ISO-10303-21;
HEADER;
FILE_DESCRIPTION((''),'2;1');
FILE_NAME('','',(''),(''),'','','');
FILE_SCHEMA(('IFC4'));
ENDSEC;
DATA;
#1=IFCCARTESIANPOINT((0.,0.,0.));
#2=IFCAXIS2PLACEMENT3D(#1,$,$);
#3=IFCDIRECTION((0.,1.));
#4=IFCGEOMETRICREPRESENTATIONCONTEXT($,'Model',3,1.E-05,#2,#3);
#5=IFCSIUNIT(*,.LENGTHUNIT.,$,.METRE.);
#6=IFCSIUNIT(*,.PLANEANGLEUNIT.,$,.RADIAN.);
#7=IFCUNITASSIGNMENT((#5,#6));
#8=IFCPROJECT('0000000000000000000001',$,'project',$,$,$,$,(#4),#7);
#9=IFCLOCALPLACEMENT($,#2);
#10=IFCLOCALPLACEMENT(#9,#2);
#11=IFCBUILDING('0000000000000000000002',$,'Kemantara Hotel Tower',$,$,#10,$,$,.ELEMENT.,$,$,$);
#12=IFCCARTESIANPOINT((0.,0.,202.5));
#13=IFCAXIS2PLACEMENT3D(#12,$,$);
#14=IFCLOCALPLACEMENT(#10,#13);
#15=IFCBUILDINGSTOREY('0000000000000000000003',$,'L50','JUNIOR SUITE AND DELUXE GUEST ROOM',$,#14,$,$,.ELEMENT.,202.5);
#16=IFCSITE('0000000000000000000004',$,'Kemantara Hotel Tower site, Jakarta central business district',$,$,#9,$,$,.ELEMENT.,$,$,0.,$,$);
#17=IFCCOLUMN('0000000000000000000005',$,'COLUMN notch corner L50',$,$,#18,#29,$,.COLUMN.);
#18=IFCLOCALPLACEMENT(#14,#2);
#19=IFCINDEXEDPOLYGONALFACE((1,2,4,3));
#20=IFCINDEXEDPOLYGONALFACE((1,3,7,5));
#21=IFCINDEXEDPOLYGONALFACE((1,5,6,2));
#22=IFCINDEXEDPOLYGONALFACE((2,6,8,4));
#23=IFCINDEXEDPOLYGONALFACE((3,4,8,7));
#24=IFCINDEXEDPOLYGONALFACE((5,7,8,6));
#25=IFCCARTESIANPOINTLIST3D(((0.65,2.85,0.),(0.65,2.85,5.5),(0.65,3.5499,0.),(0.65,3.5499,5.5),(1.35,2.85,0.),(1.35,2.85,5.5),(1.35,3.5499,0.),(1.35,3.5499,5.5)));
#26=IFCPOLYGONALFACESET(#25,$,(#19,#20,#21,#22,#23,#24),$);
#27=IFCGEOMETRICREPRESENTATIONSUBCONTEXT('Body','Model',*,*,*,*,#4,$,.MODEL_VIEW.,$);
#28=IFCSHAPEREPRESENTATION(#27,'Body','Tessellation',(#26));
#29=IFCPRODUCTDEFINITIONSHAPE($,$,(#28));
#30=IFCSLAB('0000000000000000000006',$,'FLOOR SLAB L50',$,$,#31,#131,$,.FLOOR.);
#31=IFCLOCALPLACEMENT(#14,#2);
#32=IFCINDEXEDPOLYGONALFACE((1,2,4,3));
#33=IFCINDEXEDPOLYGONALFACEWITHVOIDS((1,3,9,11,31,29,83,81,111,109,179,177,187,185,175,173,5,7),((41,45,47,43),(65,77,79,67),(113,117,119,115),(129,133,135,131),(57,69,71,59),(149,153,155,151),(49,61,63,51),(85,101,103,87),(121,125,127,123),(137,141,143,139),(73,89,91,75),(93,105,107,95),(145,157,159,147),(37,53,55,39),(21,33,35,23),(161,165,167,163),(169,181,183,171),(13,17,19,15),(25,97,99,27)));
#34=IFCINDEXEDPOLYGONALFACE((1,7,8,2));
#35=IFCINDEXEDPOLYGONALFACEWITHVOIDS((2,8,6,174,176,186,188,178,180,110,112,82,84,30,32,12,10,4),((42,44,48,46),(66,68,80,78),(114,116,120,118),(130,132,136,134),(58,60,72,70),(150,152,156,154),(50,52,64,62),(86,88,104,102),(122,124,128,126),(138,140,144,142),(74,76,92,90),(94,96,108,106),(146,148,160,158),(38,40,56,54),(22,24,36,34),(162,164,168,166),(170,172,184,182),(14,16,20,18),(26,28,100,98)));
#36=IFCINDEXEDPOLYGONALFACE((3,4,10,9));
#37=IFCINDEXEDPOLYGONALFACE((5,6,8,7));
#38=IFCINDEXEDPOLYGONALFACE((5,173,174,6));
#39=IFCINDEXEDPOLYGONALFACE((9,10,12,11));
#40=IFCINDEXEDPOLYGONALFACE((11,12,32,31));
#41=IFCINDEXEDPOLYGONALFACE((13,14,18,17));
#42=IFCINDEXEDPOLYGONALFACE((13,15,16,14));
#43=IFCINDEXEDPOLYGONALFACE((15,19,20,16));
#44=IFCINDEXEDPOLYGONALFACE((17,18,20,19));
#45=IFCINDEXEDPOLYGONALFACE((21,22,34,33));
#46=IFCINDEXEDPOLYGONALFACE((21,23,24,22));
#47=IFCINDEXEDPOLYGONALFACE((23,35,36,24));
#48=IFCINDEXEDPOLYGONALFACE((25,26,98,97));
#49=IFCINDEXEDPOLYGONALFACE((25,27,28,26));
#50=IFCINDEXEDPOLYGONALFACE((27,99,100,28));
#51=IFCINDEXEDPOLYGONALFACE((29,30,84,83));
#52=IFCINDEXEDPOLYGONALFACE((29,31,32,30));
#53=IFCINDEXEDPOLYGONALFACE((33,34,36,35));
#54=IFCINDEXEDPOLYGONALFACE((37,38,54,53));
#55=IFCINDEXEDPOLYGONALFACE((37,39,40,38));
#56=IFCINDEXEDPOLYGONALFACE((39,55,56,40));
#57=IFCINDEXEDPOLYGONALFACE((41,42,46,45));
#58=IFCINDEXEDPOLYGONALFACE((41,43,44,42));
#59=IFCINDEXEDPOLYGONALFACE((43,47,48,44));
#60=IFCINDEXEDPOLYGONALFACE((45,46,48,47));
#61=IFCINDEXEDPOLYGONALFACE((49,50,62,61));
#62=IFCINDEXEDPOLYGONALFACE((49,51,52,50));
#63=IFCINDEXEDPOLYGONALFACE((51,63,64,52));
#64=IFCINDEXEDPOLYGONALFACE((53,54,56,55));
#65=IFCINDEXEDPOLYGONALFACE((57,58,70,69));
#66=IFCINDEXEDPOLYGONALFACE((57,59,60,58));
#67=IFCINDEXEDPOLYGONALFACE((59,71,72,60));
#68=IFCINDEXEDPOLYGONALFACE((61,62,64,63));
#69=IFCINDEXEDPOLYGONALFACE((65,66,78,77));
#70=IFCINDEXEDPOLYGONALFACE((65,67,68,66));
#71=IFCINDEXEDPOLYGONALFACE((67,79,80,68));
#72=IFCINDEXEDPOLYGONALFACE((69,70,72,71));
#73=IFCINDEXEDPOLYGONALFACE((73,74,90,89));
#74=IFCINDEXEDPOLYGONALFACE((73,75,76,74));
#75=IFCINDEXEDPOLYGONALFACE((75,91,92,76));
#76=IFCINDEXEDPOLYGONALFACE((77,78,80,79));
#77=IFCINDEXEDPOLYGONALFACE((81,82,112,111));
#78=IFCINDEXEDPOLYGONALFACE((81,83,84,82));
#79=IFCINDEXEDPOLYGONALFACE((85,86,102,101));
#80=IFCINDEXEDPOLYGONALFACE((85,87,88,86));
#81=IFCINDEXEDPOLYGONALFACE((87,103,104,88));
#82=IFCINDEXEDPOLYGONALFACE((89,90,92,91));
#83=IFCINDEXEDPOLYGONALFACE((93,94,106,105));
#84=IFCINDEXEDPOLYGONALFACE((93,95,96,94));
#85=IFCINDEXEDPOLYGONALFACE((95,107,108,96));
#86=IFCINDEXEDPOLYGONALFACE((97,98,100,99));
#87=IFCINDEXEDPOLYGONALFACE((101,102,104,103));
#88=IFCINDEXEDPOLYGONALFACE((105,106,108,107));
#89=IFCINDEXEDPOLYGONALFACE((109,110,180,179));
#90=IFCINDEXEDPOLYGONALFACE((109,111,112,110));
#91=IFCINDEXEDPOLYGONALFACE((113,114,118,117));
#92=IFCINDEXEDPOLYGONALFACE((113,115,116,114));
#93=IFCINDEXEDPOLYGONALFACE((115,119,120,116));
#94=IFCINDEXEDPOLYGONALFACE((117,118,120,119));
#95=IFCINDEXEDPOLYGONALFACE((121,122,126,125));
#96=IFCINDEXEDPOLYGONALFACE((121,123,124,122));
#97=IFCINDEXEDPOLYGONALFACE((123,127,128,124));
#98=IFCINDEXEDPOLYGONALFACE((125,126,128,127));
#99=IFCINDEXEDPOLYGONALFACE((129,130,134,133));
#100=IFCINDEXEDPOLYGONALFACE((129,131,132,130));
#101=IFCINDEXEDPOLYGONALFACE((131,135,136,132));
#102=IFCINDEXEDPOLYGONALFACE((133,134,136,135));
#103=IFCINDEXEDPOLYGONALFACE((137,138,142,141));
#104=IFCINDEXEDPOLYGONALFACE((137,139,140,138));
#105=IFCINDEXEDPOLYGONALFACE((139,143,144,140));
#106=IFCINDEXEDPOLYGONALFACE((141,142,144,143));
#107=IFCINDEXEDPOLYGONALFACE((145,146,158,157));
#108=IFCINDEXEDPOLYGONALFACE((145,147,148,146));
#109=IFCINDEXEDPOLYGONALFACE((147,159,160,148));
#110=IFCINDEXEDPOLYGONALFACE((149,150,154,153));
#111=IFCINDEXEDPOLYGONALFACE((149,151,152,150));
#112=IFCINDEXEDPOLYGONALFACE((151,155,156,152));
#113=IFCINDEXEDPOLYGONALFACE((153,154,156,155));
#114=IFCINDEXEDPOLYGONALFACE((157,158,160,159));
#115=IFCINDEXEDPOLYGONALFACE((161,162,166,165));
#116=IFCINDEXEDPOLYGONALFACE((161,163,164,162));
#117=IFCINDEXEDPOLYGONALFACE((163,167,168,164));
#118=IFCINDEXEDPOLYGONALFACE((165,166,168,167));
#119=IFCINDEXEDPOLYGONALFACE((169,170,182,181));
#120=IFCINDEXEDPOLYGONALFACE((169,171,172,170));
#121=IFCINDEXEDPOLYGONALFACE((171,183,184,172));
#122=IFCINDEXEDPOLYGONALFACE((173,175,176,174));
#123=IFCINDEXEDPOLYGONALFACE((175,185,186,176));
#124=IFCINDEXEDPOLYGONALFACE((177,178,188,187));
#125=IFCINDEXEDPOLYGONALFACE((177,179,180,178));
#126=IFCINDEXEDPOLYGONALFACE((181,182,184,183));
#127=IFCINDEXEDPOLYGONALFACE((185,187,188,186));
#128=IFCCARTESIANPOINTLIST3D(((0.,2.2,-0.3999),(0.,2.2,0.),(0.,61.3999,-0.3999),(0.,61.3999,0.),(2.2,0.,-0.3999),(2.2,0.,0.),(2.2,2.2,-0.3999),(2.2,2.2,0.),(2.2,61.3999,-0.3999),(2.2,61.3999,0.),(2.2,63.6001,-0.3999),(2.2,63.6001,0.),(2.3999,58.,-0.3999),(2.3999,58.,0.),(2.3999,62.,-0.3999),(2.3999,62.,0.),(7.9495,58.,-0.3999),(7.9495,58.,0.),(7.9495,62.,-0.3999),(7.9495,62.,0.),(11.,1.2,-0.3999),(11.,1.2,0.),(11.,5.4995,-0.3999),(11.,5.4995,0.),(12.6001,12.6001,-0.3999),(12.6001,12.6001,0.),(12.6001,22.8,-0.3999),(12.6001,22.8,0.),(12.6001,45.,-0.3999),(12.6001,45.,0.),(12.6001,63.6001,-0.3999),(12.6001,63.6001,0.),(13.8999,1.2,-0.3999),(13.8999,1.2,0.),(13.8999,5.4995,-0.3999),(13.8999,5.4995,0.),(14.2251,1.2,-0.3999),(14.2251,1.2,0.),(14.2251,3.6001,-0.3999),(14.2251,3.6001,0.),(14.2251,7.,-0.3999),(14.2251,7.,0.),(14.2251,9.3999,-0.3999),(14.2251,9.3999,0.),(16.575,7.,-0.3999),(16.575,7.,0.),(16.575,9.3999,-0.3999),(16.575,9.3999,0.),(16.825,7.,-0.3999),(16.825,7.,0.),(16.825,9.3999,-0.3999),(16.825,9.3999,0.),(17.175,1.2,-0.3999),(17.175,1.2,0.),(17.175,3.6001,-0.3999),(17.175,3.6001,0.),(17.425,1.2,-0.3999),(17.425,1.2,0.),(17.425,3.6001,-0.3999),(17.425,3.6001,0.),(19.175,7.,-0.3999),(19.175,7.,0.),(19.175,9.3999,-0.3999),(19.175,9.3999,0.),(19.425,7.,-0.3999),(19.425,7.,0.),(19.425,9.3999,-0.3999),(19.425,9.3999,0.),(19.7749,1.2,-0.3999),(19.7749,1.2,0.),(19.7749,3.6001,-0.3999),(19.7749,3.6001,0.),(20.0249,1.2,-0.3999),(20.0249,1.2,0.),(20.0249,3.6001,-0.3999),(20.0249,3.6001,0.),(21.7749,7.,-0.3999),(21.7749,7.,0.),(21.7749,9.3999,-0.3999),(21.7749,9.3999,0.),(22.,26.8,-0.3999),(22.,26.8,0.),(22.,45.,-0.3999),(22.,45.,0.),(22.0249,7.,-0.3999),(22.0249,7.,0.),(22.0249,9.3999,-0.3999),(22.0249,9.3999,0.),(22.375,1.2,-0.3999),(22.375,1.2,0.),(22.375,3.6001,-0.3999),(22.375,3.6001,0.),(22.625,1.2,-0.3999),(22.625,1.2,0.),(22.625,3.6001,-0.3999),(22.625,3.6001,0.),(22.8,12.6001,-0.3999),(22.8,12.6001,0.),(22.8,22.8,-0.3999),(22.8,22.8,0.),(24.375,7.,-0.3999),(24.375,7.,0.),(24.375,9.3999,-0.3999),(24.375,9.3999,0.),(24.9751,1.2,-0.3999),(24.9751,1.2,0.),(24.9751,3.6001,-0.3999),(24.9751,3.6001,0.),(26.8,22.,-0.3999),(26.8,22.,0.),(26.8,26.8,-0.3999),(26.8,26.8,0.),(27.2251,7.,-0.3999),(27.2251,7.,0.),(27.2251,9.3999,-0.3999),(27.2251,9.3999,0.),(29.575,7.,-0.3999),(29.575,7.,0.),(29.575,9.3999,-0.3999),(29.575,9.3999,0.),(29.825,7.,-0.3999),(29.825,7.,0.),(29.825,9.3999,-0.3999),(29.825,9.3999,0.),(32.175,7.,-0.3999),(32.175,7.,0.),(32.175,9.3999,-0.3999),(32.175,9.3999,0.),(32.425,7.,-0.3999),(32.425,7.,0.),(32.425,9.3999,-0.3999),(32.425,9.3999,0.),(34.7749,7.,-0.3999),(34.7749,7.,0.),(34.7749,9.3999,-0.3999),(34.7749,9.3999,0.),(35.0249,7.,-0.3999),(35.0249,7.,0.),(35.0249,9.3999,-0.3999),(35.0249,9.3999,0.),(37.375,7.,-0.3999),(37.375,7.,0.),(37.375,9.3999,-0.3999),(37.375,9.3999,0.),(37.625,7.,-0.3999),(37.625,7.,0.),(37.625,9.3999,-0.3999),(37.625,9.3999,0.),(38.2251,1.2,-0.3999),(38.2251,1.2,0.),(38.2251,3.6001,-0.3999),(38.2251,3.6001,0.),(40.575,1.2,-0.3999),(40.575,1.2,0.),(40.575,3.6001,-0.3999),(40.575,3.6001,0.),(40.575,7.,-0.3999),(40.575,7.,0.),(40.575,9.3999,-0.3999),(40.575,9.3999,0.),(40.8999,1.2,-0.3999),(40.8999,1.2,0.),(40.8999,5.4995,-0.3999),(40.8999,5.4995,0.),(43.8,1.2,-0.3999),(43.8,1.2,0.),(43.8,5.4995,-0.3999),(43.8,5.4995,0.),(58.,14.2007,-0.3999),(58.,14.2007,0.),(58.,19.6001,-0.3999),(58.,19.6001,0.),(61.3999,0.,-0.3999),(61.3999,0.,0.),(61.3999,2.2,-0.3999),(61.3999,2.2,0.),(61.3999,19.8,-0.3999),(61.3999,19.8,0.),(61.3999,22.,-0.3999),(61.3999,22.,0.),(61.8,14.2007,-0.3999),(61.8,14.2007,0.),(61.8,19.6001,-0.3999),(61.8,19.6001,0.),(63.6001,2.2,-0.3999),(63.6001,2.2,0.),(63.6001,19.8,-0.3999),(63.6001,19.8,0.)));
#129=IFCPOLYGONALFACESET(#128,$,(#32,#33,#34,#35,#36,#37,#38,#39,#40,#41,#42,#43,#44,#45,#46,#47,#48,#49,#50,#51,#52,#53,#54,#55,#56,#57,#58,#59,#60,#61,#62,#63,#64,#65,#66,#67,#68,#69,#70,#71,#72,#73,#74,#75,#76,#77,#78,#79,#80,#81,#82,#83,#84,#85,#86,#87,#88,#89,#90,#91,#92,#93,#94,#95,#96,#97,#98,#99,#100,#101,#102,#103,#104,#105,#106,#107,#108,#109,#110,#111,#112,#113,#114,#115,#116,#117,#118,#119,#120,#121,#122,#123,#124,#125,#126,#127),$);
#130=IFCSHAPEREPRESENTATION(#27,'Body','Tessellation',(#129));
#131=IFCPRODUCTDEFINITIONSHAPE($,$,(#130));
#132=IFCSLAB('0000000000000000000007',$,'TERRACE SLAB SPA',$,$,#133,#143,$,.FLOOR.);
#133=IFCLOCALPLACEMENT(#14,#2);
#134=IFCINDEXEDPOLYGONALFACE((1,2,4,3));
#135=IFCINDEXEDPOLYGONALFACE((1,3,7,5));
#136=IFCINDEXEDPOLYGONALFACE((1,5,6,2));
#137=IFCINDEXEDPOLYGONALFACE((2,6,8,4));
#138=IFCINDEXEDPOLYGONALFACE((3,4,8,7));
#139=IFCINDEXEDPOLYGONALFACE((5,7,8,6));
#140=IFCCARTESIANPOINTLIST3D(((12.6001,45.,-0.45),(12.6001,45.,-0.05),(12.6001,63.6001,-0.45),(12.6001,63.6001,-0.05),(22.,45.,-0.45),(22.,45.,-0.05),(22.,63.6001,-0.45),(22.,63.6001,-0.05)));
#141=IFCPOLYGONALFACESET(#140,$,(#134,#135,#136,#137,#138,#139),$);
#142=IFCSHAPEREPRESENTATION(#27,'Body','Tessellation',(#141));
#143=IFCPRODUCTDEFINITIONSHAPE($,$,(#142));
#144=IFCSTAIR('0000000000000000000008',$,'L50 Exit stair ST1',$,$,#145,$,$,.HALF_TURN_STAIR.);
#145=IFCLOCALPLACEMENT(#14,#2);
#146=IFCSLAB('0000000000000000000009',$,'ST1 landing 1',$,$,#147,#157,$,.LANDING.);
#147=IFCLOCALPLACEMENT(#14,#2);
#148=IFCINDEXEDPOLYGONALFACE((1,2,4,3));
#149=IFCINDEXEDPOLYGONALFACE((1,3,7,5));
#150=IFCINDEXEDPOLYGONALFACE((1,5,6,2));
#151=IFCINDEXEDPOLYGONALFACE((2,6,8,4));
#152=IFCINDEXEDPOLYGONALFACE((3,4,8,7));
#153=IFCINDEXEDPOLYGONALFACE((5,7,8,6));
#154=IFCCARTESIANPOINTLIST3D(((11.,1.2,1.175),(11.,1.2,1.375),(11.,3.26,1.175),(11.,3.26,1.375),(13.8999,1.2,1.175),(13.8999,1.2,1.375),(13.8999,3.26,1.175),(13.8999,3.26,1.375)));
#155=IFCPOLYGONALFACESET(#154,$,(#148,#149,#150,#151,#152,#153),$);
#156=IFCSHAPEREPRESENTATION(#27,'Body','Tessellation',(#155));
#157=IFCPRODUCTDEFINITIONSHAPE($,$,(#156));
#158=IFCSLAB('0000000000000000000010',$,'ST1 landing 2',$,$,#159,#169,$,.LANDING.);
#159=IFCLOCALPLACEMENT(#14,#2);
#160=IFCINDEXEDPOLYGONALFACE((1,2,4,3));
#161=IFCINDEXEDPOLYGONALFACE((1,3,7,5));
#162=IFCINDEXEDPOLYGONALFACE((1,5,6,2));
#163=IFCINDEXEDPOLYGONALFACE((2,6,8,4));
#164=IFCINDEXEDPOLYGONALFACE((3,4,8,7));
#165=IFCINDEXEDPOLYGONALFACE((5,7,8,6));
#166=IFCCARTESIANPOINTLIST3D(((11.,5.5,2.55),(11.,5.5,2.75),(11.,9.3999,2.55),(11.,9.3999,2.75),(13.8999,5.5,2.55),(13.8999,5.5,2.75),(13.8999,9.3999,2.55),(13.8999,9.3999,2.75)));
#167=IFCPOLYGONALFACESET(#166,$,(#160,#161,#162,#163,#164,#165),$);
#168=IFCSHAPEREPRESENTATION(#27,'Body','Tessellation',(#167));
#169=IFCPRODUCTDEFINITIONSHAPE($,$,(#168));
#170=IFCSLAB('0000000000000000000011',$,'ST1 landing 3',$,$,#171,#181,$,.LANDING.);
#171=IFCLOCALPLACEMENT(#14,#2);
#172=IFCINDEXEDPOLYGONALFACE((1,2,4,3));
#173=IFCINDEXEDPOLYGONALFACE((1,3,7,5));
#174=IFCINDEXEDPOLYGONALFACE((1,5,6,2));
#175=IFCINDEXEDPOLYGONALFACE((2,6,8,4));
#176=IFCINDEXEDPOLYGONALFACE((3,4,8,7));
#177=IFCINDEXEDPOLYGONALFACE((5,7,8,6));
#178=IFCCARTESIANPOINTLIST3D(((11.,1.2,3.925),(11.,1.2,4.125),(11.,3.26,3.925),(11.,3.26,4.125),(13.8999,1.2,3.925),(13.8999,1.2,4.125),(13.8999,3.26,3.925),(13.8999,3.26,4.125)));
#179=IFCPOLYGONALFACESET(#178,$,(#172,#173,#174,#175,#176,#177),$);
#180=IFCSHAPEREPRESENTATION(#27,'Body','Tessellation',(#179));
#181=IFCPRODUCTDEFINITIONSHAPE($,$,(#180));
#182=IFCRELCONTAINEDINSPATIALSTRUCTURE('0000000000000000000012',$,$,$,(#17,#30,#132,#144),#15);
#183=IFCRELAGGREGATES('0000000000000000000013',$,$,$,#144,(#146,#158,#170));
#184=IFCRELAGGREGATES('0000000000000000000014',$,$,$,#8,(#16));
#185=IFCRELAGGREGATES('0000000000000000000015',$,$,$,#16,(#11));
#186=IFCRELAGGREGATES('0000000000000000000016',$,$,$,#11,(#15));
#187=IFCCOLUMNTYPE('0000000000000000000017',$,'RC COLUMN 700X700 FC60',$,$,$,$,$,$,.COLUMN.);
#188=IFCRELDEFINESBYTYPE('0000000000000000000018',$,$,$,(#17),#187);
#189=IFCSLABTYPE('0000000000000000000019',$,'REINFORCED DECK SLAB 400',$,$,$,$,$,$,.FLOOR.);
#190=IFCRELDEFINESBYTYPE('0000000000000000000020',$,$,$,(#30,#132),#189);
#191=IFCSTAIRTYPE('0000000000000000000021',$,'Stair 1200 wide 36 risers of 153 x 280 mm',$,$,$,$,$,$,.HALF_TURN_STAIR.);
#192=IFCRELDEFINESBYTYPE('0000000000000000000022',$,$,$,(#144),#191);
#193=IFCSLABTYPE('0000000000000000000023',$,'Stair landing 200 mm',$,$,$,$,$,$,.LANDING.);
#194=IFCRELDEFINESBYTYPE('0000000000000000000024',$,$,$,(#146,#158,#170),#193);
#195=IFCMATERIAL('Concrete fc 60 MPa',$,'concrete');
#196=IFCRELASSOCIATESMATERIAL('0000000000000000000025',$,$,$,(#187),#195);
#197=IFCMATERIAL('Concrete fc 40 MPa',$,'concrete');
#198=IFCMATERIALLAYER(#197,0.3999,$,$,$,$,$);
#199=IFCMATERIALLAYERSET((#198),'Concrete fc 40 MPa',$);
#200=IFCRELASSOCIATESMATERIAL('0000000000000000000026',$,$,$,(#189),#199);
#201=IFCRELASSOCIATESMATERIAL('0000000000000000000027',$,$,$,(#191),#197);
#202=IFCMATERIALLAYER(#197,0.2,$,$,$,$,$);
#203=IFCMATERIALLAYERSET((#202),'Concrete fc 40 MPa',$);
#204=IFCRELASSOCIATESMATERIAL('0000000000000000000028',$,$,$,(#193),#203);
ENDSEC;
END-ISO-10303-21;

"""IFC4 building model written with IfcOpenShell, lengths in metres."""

from ifc_helpers import new_model, si_unit, direction, frame, origin, origin_2d, place, context, subcontext, project, spatial, polyline, rectangle, outline, extrude, material, layer, layer_set, material_profile, profile_set, type_object, element, aggregate, save


model = new_model("IFC4")

# Units and contexts
model_context = context("Model", 3, precision=1e-05, world=origin(), true_north=direction((0.0, 1.0)))
body_context = subcontext(model_context, "Body", "Model", "MODEL_VIEW")
ifc_project = project(units=[si_unit("LENGTHUNIT", "METRE"), si_unit("PLANEANGLEUNIT", "RADIAN")], contexts=[model_context])

# Site, building, storey
site_placement = place(None, origin())
site = spatial("IfcSite", under=ifc_project, at=site_placement, Name="Kemantara Hotel Tower site, Jakarta central business district", CompositionType="ELEMENT", RefElevation=0.0)
building_placement = place(site_placement, origin())
building = spatial("IfcBuilding", under=site, at=building_placement, Name="Kemantara Hotel Tower", CompositionType="ELEMENT")
storey_placement = place(building_placement, frame((0.0, 0.0, 202.5)))
storey = spatial("IfcBuildingStorey", under=building, at=storey_placement, Name="L50", Description="JUNIOR SUITE AND DELUXE GUEST ROOM", CompositionType="ELEMENT", Elevation=202.5)

# Column
ifc_material_1 = material(Name="Concrete fc 60 MPa", Category="concrete")
ifc_material_profile = material_profile(ifc_material_1, rectangle(XDim=0.7, YDim=0.7, at=origin_2d()), Name="RC 700X700")
ifc_profile_set = profile_set([ifc_material_profile], Name="Concrete fc 60 MPa")
column_type = type_object("IfcColumnType", Name="RC COLUMN 700X700 FC60", PredefinedType="COLUMN", material=ifc_profile_set)
column_placement = place(storey_placement, frame((1.0, 3.2, 0.0), z_axis=(0.0, 0.0, 1.0), x_axis=(1.0, 0.0, 0.0)))
element("IfcColumn", 1, at=column_placement, inside=storey, type_object=column_type, Name="COLUMN notch corner L50", PredefinedType="COLUMN", context=body_context, shape_type="SweptSolid", body=[
    extrude(rectangle(XDim=0.7, YDim=0.7, at=origin_2d()), origin(), (0.0, 0.0, 1.0), 5.5),
])

# Slabs
ifc_material_2 = material(Name="Concrete fc 40 MPa", Category="concrete")
ifc_layer_1 = layer(ifc_material_2, 0.3999)
ifc_layer_set_1 = layer_set([ifc_layer_1], Name="Concrete fc 40 MPa")
slab_type_1 = type_object("IfcSlabType", Name="REINFORCED DECK SLAB 400", PredefinedType="FLOOR", material=ifc_layer_set_1)
slab_1_placement = place(storey_placement, frame((0.0, 0.0, -0.3999)))
element("IfcSlab", 2, at=slab_1_placement, inside=storey, type_object=slab_type_1, Name="FLOOR SLAB L50", PredefinedType="FLOOR", context=body_context, shape_type="SweptSolid", body=[
    extrude(outline(polyline([(26.8, 26.8), (22.0, 26.8), (22.0, 45.0), (12.6001, 45.0), (12.6001, 63.6001), (2.2, 63.6001), (2.2, 61.3999), (0.0, 61.3999), (0.0, 2.2), (2.2, 2.2), (2.2, 0.0), (61.3999, 0.0), (61.3999, 2.2), (63.6001, 2.2), (63.6001, 19.8), (61.3999, 19.8), (61.3999, 22.0), (26.8, 22.0), (26.8, 26.8)]), holes=[polyline([(17.175, 1.2), (14.2251, 1.2), (14.2251, 3.6001), (17.175, 3.6001), (17.175, 1.2)]), polyline([(19.7749, 1.2), (17.425, 1.2), (17.425, 3.6001), (19.7749, 3.6001), (19.7749, 1.2)]), polyline([(22.375, 1.2), (20.0249, 1.2), (20.0249, 3.6001), (22.375, 3.6001), (22.375, 1.2)]), polyline([(11.0, 1.2), (11.0, 5.4995), (13.8999, 5.4995), (13.8999, 1.2), (11.0, 1.2)]), polyline([(16.575, 7.0), (14.2251, 7.0), (14.2251, 9.3999), (16.575, 9.3999), (16.575, 7.0)]), polyline([(19.175, 7.0), (16.825, 7.0), (16.825, 9.3999), (19.175, 9.3999), (19.175, 7.0)]), polyline([(21.7749, 7.0), (19.425, 7.0), (19.425, 9.3999), (21.7749, 9.3999), (21.7749, 7.0)]), polyline([(22.0249, 7.0), (22.0249, 9.3999), (24.375, 9.3999), (24.375, 7.0), (22.0249, 7.0)]), polyline([(12.6001, 12.6001), (12.6001, 22.8), (22.8, 22.8), (22.8, 12.6001), (12.6001, 12.6001)]), polyline([(2.3999, 62.0), (7.9495, 62.0), (7.9495, 58.0), (2.3999, 58.0), (2.3999, 62.0)]), polyline([(24.9751, 1.2), (22.625, 1.2), (22.625, 3.6001), (24.9751, 3.6001), (24.9751, 1.2)]), polyline([(40.575, 1.2), (38.2251, 1.2), (38.2251, 3.6001), (40.575, 3.6001), (40.575, 1.2)]), polyline([(40.8999, 5.4995), (43.8, 5.4995), (43.8, 1.2), (40.8999, 1.2), (40.8999, 5.4995)]), polyline([(27.2251, 7.0), (27.2251, 9.3999), (29.575, 9.3999), (29.575, 7.0), (27.2251, 7.0)]), polyline([(32.175, 7.0), (29.825, 7.0), (29.825, 9.3999), (32.175, 9.3999), (32.175, 7.0)]), polyline([(34.7749, 7.0), (32.425, 7.0), (32.425, 9.3999), (34.7749, 9.3999), (34.7749, 7.0)]), polyline([(37.375, 7.0), (35.0249, 7.0), (35.0249, 9.3999), (37.375, 9.3999), (37.375, 7.0)]), polyline([(37.625, 7.0), (37.625, 9.3999), (40.575, 9.3999), (40.575, 7.0), (37.625, 7.0)]), polyline([(61.8, 14.2007), (58.0, 14.2007), (58.0, 19.6001), (61.8, 19.6001), (61.8, 14.2007)])]), origin(), (0.0, 0.0, 1.0), 0.3999),
])
slab_2_placement = place(storey_placement, frame((0.0, 0.0, -0.45)))
element("IfcSlab", 3, at=slab_2_placement, inside=storey, type_object=slab_type_1, Name="TERRACE SLAB SPA", PredefinedType="FLOOR", context=body_context, shape_type="SweptSolid", body=[
    extrude(outline(polyline([(22.0, 45.0), (22.0, 63.6001), (12.6001, 63.6001), (12.6001, 45.0), (22.0, 45.0)])), origin(), (0.0, 0.0, 1.0), 0.3999),
])

# Stair, slabs
stair_type_1 = type_object("IfcStairType", Name="Stair 1200 wide 36 risers of 153 x 280 mm", PredefinedType="HALF_TURN_STAIR", material=ifc_material_2)
stair_1_placement = place(storey_placement, origin())
stair_1 = element("IfcStair", 4, at=stair_1_placement, inside=storey, type_object=stair_type_1, Name="L50 Exit stair ST1", PredefinedType="HALF_TURN_STAIR")
ifc_layer_2 = layer(ifc_material_2, 0.2)
ifc_layer_set_2 = layer_set([ifc_layer_2], Name="Concrete fc 40 MPa")
slab_type_2 = type_object("IfcSlabType", Name="Stair landing 200 mm", PredefinedType="LANDING", material=ifc_layer_set_2)
slab_3_placement = place(storey_placement, frame((0.0, 0.0, 1.175)))
slab_3 = element("IfcSlab", 5, at=slab_3_placement, type_object=slab_type_2, Name="ST1 landing 1", PredefinedType="LANDING", context=body_context, shape_type="SweptSolid", body=[
    extrude(outline(polyline([(11.0, 3.26), (11.0, 1.2), (13.8999, 1.2), (13.8999, 3.26), (11.0, 3.26)])), origin(), (0.0, 0.0, 1.0), 0.2),
])
slab_4_placement = place(storey_placement, frame((0.0, 0.0, 2.55)))
slab_4 = element("IfcSlab", 6, at=slab_4_placement, type_object=slab_type_2, Name="ST1 landing 2", PredefinedType="LANDING", context=body_context, shape_type="SweptSolid", body=[
    extrude(outline(polyline([(11.0, 9.3999), (11.0, 5.5), (13.8999, 5.5), (13.8999, 9.3999), (11.0, 9.3999)])), origin(), (0.0, 0.0, 1.0), 0.2),
])
slab_5_placement = place(storey_placement, frame((0.0, 0.0, 3.925)))
slab_5 = element("IfcSlab", 7, at=slab_5_placement, type_object=slab_type_2, Name="ST1 landing 3", PredefinedType="LANDING", context=body_context, shape_type="SweptSolid", body=[
    extrude(outline(polyline([(11.0, 3.26), (11.0, 1.2), (13.8999, 1.2), (13.8999, 3.26), (11.0, 3.26)])), origin(), (0.0, 0.0, 1.0), 0.2),
])
aggregate(stair_1, [slab_3, slab_4, slab_5])

save(model, "model.ifc")
